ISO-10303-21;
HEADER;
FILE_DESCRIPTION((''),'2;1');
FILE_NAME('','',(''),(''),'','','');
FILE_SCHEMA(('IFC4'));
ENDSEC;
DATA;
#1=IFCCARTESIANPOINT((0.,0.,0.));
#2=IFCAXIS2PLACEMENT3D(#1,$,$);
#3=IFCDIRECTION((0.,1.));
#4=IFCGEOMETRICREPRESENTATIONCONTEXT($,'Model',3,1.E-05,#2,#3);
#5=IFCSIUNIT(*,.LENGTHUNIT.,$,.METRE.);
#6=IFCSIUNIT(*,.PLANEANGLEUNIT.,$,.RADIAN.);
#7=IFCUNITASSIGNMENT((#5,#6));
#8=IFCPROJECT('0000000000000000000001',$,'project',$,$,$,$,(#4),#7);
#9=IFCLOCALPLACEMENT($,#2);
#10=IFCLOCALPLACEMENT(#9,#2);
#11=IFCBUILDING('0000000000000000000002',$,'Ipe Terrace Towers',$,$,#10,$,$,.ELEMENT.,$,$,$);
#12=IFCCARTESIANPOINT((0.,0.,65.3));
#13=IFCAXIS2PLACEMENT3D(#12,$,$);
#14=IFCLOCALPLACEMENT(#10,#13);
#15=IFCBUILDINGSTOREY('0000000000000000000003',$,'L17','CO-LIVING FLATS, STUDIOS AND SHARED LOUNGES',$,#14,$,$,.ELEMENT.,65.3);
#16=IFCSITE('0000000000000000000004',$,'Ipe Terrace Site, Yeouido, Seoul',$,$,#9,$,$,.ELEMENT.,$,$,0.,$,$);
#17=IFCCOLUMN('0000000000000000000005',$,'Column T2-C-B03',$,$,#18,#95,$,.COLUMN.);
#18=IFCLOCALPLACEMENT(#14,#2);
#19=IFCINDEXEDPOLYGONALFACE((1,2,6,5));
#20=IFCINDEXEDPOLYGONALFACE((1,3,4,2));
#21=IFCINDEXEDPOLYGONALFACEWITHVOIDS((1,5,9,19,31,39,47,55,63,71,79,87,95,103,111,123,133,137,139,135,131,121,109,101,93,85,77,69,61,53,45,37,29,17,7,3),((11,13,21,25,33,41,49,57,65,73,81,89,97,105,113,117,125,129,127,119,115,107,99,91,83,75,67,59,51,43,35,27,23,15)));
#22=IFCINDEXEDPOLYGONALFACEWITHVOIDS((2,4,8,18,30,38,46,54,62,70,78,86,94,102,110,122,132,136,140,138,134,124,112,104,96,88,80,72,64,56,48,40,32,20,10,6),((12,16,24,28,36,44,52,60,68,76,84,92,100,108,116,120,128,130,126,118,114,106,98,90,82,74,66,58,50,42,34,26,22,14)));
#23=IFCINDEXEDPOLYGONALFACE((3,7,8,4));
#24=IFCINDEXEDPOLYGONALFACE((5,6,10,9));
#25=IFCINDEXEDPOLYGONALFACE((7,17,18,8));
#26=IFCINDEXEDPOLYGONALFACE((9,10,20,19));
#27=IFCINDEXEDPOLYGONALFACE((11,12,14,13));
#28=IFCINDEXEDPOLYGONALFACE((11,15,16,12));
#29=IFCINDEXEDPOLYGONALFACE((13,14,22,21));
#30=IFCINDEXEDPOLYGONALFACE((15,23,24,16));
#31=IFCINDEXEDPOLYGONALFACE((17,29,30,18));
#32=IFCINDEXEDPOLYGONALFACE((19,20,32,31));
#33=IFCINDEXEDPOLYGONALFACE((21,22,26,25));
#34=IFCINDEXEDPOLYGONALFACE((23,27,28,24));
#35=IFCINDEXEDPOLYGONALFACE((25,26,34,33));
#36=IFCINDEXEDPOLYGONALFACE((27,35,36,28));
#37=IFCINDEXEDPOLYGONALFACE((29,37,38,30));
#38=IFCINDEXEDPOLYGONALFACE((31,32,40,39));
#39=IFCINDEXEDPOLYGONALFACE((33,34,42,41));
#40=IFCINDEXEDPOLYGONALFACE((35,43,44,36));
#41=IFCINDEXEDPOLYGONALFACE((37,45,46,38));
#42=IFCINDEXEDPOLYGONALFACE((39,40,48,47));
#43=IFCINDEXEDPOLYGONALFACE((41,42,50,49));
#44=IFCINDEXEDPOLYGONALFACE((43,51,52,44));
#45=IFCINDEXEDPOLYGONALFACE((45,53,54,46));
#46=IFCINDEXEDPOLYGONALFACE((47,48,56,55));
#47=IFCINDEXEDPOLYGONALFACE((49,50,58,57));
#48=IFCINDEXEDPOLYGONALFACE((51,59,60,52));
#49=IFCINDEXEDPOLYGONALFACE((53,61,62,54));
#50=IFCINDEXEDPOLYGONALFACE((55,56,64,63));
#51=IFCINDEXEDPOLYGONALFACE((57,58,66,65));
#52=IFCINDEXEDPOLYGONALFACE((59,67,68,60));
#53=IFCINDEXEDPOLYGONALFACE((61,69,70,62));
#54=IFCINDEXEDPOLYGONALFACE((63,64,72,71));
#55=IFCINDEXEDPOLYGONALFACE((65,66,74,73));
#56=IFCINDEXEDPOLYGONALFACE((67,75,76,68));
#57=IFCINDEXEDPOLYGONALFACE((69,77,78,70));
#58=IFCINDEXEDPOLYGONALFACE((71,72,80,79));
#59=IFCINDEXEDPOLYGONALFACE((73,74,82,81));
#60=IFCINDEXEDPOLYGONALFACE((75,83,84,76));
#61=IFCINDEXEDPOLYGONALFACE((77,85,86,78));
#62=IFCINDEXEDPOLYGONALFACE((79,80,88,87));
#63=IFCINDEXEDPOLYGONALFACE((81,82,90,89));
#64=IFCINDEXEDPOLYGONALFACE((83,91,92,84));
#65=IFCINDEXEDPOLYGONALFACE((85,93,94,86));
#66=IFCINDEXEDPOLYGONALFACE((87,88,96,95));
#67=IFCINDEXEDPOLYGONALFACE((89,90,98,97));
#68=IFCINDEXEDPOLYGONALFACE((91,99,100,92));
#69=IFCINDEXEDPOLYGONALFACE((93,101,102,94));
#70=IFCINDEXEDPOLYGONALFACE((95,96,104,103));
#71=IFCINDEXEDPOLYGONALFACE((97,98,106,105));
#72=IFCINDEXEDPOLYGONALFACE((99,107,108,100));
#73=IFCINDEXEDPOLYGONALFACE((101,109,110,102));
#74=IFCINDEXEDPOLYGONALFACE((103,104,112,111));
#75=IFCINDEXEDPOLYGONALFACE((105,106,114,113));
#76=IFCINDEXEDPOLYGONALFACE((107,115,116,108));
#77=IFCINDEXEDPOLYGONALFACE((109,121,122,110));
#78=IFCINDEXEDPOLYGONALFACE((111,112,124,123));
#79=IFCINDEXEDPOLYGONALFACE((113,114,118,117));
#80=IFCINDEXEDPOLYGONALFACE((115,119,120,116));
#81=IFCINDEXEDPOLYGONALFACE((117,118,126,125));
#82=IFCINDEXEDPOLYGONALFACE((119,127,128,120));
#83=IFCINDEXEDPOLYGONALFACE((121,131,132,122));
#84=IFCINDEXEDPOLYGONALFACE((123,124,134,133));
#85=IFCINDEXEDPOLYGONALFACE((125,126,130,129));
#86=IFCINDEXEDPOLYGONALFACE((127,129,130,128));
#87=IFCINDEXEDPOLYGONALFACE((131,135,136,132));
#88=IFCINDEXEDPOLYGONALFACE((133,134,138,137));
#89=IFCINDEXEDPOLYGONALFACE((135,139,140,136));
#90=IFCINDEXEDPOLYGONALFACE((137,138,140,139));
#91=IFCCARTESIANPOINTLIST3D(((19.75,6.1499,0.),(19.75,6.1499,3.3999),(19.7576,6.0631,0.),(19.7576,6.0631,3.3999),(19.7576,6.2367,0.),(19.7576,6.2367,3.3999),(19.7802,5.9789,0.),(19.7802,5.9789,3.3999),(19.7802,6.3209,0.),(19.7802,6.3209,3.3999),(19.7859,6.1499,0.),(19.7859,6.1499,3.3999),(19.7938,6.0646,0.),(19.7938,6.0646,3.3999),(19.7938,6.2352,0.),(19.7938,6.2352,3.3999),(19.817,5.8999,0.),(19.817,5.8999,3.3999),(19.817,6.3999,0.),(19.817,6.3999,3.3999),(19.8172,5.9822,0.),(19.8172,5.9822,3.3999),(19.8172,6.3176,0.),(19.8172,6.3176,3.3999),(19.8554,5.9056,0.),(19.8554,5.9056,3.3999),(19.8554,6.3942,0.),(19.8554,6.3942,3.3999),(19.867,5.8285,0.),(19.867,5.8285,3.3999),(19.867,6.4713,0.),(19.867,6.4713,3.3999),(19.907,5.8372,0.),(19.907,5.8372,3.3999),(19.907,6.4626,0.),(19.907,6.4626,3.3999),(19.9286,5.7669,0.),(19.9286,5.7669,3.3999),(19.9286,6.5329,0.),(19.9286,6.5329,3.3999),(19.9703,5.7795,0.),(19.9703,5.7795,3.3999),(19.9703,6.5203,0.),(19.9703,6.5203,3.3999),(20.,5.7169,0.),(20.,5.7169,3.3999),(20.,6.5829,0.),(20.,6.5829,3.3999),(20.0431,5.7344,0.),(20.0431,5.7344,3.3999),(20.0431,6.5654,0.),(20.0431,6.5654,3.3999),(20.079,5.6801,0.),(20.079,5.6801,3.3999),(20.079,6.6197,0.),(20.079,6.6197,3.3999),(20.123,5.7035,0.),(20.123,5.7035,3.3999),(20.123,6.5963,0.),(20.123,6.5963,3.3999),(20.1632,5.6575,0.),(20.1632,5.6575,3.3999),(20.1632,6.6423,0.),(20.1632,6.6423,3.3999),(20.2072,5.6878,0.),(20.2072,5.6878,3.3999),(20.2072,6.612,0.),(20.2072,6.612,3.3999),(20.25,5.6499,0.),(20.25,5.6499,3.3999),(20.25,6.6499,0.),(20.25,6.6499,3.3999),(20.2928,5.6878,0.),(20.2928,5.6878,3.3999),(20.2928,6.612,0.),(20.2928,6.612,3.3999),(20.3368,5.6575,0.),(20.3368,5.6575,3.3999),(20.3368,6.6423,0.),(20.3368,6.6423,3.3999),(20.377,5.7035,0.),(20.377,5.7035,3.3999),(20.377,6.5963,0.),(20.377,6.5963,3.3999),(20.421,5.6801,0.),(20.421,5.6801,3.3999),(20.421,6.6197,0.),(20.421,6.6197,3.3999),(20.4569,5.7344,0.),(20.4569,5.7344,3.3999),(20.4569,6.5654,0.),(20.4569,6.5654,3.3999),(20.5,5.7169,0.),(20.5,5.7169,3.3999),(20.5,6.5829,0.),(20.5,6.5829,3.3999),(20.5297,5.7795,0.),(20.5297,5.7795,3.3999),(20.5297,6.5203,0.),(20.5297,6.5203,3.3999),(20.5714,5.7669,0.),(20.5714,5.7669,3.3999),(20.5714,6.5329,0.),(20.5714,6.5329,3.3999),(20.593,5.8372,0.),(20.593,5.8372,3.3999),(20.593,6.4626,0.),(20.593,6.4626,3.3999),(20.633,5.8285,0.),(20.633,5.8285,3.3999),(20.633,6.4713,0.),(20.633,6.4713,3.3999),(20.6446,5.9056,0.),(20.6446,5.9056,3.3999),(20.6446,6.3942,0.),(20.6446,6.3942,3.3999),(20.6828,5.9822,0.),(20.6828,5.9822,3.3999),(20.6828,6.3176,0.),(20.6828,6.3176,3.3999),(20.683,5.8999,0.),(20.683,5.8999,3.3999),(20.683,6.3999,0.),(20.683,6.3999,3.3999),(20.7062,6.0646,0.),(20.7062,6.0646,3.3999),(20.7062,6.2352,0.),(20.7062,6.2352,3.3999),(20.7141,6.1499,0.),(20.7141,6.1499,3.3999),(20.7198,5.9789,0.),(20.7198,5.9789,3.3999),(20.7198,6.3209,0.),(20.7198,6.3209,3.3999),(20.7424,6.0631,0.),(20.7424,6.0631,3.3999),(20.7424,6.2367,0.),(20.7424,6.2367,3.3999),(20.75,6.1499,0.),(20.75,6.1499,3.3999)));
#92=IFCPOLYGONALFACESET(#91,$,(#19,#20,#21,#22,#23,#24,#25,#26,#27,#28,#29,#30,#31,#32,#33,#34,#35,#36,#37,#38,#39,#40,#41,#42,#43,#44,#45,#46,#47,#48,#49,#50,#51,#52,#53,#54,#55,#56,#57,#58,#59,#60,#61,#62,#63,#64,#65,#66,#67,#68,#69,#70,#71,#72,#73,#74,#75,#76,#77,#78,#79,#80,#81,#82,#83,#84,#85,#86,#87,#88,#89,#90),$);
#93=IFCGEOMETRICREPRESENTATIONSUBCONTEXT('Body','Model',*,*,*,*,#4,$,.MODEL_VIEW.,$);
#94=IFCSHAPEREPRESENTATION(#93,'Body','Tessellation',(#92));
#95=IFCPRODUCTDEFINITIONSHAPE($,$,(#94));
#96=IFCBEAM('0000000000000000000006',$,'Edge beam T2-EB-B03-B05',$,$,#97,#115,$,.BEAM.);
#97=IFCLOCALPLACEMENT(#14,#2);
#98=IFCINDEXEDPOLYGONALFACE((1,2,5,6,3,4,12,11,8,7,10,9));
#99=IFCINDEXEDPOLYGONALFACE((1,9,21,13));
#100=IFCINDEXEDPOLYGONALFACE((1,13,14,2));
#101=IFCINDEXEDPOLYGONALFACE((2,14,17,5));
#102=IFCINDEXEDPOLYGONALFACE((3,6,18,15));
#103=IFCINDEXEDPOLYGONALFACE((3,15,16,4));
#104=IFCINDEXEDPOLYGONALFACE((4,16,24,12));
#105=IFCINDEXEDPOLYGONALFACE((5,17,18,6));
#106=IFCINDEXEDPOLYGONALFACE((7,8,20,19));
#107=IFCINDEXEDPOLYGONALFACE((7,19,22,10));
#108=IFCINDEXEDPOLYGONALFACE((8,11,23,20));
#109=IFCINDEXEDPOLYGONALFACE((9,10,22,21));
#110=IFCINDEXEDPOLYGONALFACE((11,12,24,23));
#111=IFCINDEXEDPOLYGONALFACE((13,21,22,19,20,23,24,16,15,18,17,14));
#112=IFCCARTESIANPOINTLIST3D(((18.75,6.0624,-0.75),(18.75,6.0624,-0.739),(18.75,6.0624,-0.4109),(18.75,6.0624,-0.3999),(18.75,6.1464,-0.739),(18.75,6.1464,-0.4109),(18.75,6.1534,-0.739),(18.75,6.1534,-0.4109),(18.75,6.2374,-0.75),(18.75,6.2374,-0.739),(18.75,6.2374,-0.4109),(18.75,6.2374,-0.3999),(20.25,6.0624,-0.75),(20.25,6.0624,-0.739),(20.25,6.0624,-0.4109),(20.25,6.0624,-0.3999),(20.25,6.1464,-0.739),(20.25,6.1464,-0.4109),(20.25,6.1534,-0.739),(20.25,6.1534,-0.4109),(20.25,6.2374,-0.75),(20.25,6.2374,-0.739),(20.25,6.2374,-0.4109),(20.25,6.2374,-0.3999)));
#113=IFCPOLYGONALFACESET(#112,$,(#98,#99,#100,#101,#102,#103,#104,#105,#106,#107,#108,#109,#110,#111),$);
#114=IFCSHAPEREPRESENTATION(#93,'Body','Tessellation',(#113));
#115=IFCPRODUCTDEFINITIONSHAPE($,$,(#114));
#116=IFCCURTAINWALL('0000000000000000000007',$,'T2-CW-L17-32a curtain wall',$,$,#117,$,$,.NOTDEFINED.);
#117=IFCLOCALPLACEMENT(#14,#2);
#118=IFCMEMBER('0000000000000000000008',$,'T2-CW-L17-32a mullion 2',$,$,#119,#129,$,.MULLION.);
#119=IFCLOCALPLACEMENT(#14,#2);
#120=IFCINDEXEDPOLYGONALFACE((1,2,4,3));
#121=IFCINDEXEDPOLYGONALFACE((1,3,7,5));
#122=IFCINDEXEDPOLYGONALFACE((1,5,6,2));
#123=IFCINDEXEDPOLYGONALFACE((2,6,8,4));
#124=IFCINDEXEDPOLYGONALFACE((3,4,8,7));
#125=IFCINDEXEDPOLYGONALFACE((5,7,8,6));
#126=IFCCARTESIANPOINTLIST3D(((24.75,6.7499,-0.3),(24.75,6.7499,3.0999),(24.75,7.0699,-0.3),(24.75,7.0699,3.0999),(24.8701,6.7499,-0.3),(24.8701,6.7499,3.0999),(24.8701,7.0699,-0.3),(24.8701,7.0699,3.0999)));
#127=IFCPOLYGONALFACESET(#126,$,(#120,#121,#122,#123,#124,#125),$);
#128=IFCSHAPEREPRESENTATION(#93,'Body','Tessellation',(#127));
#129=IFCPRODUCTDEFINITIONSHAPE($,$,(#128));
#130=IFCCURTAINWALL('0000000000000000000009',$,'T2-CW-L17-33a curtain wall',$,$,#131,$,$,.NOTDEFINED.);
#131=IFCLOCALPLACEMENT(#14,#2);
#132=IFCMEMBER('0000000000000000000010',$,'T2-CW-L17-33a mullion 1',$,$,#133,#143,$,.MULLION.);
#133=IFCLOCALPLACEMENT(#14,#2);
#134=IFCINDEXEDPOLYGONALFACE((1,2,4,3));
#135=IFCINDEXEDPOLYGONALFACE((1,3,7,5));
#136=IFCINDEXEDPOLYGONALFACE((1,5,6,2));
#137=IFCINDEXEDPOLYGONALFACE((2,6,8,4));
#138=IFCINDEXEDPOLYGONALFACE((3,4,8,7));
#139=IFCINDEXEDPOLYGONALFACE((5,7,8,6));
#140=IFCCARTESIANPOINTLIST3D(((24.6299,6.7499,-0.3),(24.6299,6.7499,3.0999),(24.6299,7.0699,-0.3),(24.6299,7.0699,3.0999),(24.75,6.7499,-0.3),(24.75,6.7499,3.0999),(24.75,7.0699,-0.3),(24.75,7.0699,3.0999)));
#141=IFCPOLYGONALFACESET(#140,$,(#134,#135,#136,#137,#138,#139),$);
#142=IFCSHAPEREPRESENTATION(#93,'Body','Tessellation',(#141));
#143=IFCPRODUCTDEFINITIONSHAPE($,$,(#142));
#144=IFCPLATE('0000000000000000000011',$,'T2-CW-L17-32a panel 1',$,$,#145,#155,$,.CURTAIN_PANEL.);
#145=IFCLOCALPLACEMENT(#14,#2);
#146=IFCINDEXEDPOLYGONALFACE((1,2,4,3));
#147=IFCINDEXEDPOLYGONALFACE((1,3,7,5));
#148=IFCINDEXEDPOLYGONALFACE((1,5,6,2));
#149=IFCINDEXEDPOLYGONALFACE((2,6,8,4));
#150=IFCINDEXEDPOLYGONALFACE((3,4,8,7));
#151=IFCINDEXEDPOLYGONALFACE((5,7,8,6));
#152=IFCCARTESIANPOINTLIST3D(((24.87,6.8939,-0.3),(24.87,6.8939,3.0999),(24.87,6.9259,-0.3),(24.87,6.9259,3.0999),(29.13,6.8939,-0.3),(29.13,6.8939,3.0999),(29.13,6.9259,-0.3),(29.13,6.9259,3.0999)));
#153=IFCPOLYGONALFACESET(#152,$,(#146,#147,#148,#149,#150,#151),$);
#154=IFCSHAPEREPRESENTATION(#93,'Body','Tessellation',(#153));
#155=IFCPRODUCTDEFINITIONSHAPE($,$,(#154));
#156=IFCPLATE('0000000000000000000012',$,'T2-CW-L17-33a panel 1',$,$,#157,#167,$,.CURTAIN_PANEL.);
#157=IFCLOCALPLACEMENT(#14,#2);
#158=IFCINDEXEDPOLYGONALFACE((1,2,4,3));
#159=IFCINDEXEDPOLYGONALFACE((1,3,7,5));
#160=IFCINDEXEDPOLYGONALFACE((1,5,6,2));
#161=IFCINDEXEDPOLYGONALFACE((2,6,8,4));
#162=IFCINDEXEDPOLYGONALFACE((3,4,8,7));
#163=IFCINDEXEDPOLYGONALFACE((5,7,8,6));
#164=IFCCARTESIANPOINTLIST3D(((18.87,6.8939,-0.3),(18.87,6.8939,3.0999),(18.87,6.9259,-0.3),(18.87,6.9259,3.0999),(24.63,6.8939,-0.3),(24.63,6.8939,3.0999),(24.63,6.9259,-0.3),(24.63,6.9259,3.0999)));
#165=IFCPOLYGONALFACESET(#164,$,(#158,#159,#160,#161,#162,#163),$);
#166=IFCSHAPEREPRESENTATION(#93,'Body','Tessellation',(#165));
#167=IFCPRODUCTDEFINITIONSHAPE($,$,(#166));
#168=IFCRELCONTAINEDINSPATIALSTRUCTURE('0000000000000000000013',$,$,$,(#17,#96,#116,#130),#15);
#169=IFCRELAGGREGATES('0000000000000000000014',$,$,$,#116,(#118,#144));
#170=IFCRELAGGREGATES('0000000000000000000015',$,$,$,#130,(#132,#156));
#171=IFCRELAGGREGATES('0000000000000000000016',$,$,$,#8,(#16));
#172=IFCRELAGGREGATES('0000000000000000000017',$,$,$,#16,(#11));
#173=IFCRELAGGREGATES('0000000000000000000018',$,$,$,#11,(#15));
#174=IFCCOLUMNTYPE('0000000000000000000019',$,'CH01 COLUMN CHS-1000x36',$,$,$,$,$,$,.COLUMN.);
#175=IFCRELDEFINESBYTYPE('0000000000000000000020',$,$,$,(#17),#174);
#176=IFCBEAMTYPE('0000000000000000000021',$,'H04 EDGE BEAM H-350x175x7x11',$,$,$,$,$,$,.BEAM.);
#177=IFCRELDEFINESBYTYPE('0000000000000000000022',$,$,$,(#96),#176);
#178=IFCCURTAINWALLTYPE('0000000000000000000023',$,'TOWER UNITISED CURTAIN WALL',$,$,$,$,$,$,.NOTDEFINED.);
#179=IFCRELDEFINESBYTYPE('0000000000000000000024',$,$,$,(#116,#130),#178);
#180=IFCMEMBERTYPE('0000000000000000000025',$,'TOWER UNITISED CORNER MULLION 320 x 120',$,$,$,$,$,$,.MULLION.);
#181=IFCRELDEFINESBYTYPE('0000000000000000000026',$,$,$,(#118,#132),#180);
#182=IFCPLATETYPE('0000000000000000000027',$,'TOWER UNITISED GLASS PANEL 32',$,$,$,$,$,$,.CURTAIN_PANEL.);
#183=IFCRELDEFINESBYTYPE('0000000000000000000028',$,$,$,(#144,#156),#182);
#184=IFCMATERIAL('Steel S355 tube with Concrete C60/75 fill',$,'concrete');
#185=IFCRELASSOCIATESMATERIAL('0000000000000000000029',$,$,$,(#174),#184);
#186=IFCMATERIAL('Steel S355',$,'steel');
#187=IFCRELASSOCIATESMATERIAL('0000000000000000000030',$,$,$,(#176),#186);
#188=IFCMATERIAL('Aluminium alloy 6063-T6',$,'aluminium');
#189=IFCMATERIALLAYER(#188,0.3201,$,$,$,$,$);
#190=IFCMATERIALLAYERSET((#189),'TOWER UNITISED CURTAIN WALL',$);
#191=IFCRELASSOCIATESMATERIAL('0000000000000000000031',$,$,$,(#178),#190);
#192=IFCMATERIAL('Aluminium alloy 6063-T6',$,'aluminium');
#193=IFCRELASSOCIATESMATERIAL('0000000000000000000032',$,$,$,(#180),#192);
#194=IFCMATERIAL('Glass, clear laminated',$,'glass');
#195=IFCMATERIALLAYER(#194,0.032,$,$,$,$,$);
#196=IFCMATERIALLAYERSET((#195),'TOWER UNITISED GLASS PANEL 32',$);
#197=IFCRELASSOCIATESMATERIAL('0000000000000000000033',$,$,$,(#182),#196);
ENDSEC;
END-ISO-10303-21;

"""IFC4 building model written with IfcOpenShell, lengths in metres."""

from ifc_helpers import new_model, si_unit, direction, frame, origin, origin_2d, place, context, subcontext, project, spatial, rectangle, hollow_circle, i_section, extrude, material, layer, layer_set, material_profile, profile_set, type_object, element, aggregate, save


model = new_model("IFC4")

# Units and contexts
model_context = context("Model", 3, precision=1e-05, world=origin(), true_north=direction((0.0, 1.0)))
body_context = subcontext(model_context, "Body", "Model", "MODEL_VIEW")
ifc_project = project(units=[si_unit("LENGTHUNIT", "METRE"), si_unit("PLANEANGLEUNIT", "RADIAN")], contexts=[model_context])

# Site, building, storey
site_placement = place(None, origin())
site = spatial("IfcSite", under=ifc_project, at=site_placement, Name="Ipe Terrace Site, Yeouido, Seoul", CompositionType="ELEMENT", RefElevation=0.0)
building_placement = place(site_placement, origin())
building = spatial("IfcBuilding", under=site, at=building_placement, Name="Ipe Terrace Towers", CompositionType="ELEMENT")
storey_placement = place(building_placement, frame((0.0, 0.0, 65.3)))
storey = spatial("IfcBuildingStorey", under=building, at=storey_placement, Name="L17", Description="CO-LIVING FLATS, STUDIOS AND SHARED LOUNGES", CompositionType="ELEMENT", Elevation=65.3)

# Column
ifc_material_1 = material(Name="Steel S355 tube with Concrete C60/75 fill", Category="concrete")
ifc_material_profile_1 = material_profile(ifc_material_1, hollow_circle(Radius=0.5, WallThickness=0.0359, at=origin_2d()), Name="CHS-1000x36")
ifc_profile_set_1 = profile_set([ifc_material_profile_1], Name="Steel S355 tube with Concrete C60/75 fill")
column_type = type_object("IfcColumnType", Name="CH01 COLUMN CHS-1000x36", PredefinedType="COLUMN", material=ifc_profile_set_1)
column_placement = place(storey_placement, frame((20.25, 6.1499, 0.0), z_axis=(0.0, 0.0, 1.0), x_axis=(1.0, 0.0, 0.0)))
element("IfcColumn", 1, at=column_placement, inside=storey, type_object=column_type, Name="Column T2-C-B03", PredefinedType="COLUMN", context=body_context, shape_type="SweptSolid", body=[
    extrude(hollow_circle(Radius=0.5, WallThickness=0.0359, at=origin_2d()), origin(), (0.0, 0.0, 1.0), 3.3999),
])

# Beam
ifc_material_2 = material(Name="Steel S355", Category="steel")
ifc_material_profile_2 = material_profile(ifc_material_2, i_section(OverallWidth=0.175, OverallDepth=0.3501, WebThickness=0.0071, FlangeThickness=0.011, at=origin_2d()), Name="H-350x175x7x11")
ifc_profile_set_2 = profile_set([ifc_material_profile_2], Name="Steel S355")
beam_type = type_object("IfcBeamType", Name="H04 EDGE BEAM H-350x175x7x11", PredefinedType="BEAM", material=ifc_profile_set_2)
beam_placement = place(storey_placement, frame((20.25, 6.1499, -0.575), z_axis=(-1.0, 0.0, 0.0), x_axis=(0.0, -1.0, 0.0)))
element("IfcBeam", 2, at=beam_placement, inside=storey, type_object=beam_type, Name="Edge beam T2-EB-B03-B05", PredefinedType="BEAM", context=body_context, shape_type="SweptSolid", body=[
    extrude(i_section(OverallWidth=0.175, OverallDepth=0.3501, WebThickness=0.0071, FlangeThickness=0.011, at=origin_2d()), origin(), (0.0, 0.0, 1.0), 1.5),
])

# Curtain walls, members
ifc_material_3 = material(Name="Aluminium alloy 6063-T6", Category="aluminium")
ifc_layer_1 = layer(ifc_material_3, 0.3201)
ifc_layer_set_1 = layer_set([ifc_layer_1], Name="TOWER UNITISED CURTAIN WALL")
curtain_wall_type = type_object("IfcCurtainWallType", Name="TOWER UNITISED CURTAIN WALL", PredefinedType="NOTDEFINED", material=ifc_layer_set_1)
curtain_wall_1_placement = place(storey_placement, origin())
curtain_wall_1 = element("IfcCurtainWall", 3, at=curtain_wall_1_placement, inside=storey, type_object=curtain_wall_type, Name="T2-CW-L17-32a curtain wall", PredefinedType="NOTDEFINED")
ifc_material_4 = material(Name="Aluminium alloy 6063-T6", Category="aluminium")
ifc_material_profile_3 = material_profile(ifc_material_4, rectangle(XDim=0.3201, YDim=0.1201, at=origin_2d()), Name="TOWER UNITISED CORNER MULLION 320 x 120")
ifc_profile_set_3 = profile_set([ifc_material_profile_3], Name="Aluminium alloy 6063-T6")
member_type = type_object("IfcMemberType", Name="TOWER UNITISED CORNER MULLION 320 x 120", PredefinedType="MULLION", material=ifc_profile_set_3)
member_1_placement = place(storey_placement, frame((24.8101, 6.9099, -0.3), z_axis=(0.0, 0.0, 1.0), x_axis=(0.0, 1.0, 0.0)))
member_1 = element("IfcMember", 4, at=member_1_placement, type_object=member_type, Name="T2-CW-L17-32a mullion 2", PredefinedType="MULLION", context=body_context, shape_type="SweptSolid", body=[
    extrude(rectangle(XDim=0.3201, YDim=0.1201, at=origin_2d()), origin(), (0.0, 0.0, 1.0), 3.3999),
])
curtain_wall_2_placement = place(storey_placement, origin())
curtain_wall_2 = element("IfcCurtainWall", 5, at=curtain_wall_2_placement, inside=storey, type_object=curtain_wall_type, Name="T2-CW-L17-33a curtain wall", PredefinedType="NOTDEFINED")
member_2_placement = place(storey_placement, frame((24.6899, 6.9099, -0.3), z_axis=(0.0, 0.0, 1.0), x_axis=(0.0, 1.0, 0.0)))
member_2 = element("IfcMember", 6, at=member_2_placement, type_object=member_type, Name="T2-CW-L17-33a mullion 1", PredefinedType="MULLION", context=body_context, shape_type="SweptSolid", body=[
    extrude(rectangle(XDim=0.3201, YDim=0.1201, at=origin_2d()), origin(), (0.0, 0.0, 1.0), 3.3999),
])

# Plates
ifc_material_5 = material(Name="Glass, clear laminated", Category="glass")
ifc_layer_2 = layer(ifc_material_5, 0.032)
ifc_layer_set_2 = layer_set([ifc_layer_2], Name="TOWER UNITISED GLASS PANEL 32")
plate_type = type_object("IfcPlateType", Name="TOWER UNITISED GLASS PANEL 32", PredefinedType="CURTAIN_PANEL", material=ifc_layer_set_2)
plate_1_placement = place(storey_placement, frame((27.0, 6.9099, -0.3), z_axis=(0.0, 0.0, 1.0), x_axis=(-1.0, 0.0, 0.0)))
plate_1 = element("IfcPlate", 7, at=plate_1_placement, type_object=plate_type, Name="T2-CW-L17-32a panel 1", PredefinedType="CURTAIN_PANEL", context=body_context, shape_type="SweptSolid", body=[
    extrude(rectangle(XDim=4.26, YDim=0.032, at=origin_2d()), origin(), (0.0, 0.0, 1.0), 3.3999),
])
aggregate(curtain_wall_1, [member_1, plate_1])
plate_2_placement = place(storey_placement, frame((21.75, 6.9099, -0.3), z_axis=(0.0, 0.0, 1.0), x_axis=(-1.0, 0.0, 0.0)))
plate_2 = element("IfcPlate", 8, at=plate_2_placement, type_object=plate_type, Name="T2-CW-L17-33a panel 1", PredefinedType="CURTAIN_PANEL", context=body_context, shape_type="SweptSolid", body=[
    extrude(rectangle(XDim=5.76, YDim=0.032, at=origin_2d()), origin(), (0.0, 0.0, 1.0), 3.3999),
])
aggregate(curtain_wall_2, [member_2, plate_2])

save(model, "model.ifc")
